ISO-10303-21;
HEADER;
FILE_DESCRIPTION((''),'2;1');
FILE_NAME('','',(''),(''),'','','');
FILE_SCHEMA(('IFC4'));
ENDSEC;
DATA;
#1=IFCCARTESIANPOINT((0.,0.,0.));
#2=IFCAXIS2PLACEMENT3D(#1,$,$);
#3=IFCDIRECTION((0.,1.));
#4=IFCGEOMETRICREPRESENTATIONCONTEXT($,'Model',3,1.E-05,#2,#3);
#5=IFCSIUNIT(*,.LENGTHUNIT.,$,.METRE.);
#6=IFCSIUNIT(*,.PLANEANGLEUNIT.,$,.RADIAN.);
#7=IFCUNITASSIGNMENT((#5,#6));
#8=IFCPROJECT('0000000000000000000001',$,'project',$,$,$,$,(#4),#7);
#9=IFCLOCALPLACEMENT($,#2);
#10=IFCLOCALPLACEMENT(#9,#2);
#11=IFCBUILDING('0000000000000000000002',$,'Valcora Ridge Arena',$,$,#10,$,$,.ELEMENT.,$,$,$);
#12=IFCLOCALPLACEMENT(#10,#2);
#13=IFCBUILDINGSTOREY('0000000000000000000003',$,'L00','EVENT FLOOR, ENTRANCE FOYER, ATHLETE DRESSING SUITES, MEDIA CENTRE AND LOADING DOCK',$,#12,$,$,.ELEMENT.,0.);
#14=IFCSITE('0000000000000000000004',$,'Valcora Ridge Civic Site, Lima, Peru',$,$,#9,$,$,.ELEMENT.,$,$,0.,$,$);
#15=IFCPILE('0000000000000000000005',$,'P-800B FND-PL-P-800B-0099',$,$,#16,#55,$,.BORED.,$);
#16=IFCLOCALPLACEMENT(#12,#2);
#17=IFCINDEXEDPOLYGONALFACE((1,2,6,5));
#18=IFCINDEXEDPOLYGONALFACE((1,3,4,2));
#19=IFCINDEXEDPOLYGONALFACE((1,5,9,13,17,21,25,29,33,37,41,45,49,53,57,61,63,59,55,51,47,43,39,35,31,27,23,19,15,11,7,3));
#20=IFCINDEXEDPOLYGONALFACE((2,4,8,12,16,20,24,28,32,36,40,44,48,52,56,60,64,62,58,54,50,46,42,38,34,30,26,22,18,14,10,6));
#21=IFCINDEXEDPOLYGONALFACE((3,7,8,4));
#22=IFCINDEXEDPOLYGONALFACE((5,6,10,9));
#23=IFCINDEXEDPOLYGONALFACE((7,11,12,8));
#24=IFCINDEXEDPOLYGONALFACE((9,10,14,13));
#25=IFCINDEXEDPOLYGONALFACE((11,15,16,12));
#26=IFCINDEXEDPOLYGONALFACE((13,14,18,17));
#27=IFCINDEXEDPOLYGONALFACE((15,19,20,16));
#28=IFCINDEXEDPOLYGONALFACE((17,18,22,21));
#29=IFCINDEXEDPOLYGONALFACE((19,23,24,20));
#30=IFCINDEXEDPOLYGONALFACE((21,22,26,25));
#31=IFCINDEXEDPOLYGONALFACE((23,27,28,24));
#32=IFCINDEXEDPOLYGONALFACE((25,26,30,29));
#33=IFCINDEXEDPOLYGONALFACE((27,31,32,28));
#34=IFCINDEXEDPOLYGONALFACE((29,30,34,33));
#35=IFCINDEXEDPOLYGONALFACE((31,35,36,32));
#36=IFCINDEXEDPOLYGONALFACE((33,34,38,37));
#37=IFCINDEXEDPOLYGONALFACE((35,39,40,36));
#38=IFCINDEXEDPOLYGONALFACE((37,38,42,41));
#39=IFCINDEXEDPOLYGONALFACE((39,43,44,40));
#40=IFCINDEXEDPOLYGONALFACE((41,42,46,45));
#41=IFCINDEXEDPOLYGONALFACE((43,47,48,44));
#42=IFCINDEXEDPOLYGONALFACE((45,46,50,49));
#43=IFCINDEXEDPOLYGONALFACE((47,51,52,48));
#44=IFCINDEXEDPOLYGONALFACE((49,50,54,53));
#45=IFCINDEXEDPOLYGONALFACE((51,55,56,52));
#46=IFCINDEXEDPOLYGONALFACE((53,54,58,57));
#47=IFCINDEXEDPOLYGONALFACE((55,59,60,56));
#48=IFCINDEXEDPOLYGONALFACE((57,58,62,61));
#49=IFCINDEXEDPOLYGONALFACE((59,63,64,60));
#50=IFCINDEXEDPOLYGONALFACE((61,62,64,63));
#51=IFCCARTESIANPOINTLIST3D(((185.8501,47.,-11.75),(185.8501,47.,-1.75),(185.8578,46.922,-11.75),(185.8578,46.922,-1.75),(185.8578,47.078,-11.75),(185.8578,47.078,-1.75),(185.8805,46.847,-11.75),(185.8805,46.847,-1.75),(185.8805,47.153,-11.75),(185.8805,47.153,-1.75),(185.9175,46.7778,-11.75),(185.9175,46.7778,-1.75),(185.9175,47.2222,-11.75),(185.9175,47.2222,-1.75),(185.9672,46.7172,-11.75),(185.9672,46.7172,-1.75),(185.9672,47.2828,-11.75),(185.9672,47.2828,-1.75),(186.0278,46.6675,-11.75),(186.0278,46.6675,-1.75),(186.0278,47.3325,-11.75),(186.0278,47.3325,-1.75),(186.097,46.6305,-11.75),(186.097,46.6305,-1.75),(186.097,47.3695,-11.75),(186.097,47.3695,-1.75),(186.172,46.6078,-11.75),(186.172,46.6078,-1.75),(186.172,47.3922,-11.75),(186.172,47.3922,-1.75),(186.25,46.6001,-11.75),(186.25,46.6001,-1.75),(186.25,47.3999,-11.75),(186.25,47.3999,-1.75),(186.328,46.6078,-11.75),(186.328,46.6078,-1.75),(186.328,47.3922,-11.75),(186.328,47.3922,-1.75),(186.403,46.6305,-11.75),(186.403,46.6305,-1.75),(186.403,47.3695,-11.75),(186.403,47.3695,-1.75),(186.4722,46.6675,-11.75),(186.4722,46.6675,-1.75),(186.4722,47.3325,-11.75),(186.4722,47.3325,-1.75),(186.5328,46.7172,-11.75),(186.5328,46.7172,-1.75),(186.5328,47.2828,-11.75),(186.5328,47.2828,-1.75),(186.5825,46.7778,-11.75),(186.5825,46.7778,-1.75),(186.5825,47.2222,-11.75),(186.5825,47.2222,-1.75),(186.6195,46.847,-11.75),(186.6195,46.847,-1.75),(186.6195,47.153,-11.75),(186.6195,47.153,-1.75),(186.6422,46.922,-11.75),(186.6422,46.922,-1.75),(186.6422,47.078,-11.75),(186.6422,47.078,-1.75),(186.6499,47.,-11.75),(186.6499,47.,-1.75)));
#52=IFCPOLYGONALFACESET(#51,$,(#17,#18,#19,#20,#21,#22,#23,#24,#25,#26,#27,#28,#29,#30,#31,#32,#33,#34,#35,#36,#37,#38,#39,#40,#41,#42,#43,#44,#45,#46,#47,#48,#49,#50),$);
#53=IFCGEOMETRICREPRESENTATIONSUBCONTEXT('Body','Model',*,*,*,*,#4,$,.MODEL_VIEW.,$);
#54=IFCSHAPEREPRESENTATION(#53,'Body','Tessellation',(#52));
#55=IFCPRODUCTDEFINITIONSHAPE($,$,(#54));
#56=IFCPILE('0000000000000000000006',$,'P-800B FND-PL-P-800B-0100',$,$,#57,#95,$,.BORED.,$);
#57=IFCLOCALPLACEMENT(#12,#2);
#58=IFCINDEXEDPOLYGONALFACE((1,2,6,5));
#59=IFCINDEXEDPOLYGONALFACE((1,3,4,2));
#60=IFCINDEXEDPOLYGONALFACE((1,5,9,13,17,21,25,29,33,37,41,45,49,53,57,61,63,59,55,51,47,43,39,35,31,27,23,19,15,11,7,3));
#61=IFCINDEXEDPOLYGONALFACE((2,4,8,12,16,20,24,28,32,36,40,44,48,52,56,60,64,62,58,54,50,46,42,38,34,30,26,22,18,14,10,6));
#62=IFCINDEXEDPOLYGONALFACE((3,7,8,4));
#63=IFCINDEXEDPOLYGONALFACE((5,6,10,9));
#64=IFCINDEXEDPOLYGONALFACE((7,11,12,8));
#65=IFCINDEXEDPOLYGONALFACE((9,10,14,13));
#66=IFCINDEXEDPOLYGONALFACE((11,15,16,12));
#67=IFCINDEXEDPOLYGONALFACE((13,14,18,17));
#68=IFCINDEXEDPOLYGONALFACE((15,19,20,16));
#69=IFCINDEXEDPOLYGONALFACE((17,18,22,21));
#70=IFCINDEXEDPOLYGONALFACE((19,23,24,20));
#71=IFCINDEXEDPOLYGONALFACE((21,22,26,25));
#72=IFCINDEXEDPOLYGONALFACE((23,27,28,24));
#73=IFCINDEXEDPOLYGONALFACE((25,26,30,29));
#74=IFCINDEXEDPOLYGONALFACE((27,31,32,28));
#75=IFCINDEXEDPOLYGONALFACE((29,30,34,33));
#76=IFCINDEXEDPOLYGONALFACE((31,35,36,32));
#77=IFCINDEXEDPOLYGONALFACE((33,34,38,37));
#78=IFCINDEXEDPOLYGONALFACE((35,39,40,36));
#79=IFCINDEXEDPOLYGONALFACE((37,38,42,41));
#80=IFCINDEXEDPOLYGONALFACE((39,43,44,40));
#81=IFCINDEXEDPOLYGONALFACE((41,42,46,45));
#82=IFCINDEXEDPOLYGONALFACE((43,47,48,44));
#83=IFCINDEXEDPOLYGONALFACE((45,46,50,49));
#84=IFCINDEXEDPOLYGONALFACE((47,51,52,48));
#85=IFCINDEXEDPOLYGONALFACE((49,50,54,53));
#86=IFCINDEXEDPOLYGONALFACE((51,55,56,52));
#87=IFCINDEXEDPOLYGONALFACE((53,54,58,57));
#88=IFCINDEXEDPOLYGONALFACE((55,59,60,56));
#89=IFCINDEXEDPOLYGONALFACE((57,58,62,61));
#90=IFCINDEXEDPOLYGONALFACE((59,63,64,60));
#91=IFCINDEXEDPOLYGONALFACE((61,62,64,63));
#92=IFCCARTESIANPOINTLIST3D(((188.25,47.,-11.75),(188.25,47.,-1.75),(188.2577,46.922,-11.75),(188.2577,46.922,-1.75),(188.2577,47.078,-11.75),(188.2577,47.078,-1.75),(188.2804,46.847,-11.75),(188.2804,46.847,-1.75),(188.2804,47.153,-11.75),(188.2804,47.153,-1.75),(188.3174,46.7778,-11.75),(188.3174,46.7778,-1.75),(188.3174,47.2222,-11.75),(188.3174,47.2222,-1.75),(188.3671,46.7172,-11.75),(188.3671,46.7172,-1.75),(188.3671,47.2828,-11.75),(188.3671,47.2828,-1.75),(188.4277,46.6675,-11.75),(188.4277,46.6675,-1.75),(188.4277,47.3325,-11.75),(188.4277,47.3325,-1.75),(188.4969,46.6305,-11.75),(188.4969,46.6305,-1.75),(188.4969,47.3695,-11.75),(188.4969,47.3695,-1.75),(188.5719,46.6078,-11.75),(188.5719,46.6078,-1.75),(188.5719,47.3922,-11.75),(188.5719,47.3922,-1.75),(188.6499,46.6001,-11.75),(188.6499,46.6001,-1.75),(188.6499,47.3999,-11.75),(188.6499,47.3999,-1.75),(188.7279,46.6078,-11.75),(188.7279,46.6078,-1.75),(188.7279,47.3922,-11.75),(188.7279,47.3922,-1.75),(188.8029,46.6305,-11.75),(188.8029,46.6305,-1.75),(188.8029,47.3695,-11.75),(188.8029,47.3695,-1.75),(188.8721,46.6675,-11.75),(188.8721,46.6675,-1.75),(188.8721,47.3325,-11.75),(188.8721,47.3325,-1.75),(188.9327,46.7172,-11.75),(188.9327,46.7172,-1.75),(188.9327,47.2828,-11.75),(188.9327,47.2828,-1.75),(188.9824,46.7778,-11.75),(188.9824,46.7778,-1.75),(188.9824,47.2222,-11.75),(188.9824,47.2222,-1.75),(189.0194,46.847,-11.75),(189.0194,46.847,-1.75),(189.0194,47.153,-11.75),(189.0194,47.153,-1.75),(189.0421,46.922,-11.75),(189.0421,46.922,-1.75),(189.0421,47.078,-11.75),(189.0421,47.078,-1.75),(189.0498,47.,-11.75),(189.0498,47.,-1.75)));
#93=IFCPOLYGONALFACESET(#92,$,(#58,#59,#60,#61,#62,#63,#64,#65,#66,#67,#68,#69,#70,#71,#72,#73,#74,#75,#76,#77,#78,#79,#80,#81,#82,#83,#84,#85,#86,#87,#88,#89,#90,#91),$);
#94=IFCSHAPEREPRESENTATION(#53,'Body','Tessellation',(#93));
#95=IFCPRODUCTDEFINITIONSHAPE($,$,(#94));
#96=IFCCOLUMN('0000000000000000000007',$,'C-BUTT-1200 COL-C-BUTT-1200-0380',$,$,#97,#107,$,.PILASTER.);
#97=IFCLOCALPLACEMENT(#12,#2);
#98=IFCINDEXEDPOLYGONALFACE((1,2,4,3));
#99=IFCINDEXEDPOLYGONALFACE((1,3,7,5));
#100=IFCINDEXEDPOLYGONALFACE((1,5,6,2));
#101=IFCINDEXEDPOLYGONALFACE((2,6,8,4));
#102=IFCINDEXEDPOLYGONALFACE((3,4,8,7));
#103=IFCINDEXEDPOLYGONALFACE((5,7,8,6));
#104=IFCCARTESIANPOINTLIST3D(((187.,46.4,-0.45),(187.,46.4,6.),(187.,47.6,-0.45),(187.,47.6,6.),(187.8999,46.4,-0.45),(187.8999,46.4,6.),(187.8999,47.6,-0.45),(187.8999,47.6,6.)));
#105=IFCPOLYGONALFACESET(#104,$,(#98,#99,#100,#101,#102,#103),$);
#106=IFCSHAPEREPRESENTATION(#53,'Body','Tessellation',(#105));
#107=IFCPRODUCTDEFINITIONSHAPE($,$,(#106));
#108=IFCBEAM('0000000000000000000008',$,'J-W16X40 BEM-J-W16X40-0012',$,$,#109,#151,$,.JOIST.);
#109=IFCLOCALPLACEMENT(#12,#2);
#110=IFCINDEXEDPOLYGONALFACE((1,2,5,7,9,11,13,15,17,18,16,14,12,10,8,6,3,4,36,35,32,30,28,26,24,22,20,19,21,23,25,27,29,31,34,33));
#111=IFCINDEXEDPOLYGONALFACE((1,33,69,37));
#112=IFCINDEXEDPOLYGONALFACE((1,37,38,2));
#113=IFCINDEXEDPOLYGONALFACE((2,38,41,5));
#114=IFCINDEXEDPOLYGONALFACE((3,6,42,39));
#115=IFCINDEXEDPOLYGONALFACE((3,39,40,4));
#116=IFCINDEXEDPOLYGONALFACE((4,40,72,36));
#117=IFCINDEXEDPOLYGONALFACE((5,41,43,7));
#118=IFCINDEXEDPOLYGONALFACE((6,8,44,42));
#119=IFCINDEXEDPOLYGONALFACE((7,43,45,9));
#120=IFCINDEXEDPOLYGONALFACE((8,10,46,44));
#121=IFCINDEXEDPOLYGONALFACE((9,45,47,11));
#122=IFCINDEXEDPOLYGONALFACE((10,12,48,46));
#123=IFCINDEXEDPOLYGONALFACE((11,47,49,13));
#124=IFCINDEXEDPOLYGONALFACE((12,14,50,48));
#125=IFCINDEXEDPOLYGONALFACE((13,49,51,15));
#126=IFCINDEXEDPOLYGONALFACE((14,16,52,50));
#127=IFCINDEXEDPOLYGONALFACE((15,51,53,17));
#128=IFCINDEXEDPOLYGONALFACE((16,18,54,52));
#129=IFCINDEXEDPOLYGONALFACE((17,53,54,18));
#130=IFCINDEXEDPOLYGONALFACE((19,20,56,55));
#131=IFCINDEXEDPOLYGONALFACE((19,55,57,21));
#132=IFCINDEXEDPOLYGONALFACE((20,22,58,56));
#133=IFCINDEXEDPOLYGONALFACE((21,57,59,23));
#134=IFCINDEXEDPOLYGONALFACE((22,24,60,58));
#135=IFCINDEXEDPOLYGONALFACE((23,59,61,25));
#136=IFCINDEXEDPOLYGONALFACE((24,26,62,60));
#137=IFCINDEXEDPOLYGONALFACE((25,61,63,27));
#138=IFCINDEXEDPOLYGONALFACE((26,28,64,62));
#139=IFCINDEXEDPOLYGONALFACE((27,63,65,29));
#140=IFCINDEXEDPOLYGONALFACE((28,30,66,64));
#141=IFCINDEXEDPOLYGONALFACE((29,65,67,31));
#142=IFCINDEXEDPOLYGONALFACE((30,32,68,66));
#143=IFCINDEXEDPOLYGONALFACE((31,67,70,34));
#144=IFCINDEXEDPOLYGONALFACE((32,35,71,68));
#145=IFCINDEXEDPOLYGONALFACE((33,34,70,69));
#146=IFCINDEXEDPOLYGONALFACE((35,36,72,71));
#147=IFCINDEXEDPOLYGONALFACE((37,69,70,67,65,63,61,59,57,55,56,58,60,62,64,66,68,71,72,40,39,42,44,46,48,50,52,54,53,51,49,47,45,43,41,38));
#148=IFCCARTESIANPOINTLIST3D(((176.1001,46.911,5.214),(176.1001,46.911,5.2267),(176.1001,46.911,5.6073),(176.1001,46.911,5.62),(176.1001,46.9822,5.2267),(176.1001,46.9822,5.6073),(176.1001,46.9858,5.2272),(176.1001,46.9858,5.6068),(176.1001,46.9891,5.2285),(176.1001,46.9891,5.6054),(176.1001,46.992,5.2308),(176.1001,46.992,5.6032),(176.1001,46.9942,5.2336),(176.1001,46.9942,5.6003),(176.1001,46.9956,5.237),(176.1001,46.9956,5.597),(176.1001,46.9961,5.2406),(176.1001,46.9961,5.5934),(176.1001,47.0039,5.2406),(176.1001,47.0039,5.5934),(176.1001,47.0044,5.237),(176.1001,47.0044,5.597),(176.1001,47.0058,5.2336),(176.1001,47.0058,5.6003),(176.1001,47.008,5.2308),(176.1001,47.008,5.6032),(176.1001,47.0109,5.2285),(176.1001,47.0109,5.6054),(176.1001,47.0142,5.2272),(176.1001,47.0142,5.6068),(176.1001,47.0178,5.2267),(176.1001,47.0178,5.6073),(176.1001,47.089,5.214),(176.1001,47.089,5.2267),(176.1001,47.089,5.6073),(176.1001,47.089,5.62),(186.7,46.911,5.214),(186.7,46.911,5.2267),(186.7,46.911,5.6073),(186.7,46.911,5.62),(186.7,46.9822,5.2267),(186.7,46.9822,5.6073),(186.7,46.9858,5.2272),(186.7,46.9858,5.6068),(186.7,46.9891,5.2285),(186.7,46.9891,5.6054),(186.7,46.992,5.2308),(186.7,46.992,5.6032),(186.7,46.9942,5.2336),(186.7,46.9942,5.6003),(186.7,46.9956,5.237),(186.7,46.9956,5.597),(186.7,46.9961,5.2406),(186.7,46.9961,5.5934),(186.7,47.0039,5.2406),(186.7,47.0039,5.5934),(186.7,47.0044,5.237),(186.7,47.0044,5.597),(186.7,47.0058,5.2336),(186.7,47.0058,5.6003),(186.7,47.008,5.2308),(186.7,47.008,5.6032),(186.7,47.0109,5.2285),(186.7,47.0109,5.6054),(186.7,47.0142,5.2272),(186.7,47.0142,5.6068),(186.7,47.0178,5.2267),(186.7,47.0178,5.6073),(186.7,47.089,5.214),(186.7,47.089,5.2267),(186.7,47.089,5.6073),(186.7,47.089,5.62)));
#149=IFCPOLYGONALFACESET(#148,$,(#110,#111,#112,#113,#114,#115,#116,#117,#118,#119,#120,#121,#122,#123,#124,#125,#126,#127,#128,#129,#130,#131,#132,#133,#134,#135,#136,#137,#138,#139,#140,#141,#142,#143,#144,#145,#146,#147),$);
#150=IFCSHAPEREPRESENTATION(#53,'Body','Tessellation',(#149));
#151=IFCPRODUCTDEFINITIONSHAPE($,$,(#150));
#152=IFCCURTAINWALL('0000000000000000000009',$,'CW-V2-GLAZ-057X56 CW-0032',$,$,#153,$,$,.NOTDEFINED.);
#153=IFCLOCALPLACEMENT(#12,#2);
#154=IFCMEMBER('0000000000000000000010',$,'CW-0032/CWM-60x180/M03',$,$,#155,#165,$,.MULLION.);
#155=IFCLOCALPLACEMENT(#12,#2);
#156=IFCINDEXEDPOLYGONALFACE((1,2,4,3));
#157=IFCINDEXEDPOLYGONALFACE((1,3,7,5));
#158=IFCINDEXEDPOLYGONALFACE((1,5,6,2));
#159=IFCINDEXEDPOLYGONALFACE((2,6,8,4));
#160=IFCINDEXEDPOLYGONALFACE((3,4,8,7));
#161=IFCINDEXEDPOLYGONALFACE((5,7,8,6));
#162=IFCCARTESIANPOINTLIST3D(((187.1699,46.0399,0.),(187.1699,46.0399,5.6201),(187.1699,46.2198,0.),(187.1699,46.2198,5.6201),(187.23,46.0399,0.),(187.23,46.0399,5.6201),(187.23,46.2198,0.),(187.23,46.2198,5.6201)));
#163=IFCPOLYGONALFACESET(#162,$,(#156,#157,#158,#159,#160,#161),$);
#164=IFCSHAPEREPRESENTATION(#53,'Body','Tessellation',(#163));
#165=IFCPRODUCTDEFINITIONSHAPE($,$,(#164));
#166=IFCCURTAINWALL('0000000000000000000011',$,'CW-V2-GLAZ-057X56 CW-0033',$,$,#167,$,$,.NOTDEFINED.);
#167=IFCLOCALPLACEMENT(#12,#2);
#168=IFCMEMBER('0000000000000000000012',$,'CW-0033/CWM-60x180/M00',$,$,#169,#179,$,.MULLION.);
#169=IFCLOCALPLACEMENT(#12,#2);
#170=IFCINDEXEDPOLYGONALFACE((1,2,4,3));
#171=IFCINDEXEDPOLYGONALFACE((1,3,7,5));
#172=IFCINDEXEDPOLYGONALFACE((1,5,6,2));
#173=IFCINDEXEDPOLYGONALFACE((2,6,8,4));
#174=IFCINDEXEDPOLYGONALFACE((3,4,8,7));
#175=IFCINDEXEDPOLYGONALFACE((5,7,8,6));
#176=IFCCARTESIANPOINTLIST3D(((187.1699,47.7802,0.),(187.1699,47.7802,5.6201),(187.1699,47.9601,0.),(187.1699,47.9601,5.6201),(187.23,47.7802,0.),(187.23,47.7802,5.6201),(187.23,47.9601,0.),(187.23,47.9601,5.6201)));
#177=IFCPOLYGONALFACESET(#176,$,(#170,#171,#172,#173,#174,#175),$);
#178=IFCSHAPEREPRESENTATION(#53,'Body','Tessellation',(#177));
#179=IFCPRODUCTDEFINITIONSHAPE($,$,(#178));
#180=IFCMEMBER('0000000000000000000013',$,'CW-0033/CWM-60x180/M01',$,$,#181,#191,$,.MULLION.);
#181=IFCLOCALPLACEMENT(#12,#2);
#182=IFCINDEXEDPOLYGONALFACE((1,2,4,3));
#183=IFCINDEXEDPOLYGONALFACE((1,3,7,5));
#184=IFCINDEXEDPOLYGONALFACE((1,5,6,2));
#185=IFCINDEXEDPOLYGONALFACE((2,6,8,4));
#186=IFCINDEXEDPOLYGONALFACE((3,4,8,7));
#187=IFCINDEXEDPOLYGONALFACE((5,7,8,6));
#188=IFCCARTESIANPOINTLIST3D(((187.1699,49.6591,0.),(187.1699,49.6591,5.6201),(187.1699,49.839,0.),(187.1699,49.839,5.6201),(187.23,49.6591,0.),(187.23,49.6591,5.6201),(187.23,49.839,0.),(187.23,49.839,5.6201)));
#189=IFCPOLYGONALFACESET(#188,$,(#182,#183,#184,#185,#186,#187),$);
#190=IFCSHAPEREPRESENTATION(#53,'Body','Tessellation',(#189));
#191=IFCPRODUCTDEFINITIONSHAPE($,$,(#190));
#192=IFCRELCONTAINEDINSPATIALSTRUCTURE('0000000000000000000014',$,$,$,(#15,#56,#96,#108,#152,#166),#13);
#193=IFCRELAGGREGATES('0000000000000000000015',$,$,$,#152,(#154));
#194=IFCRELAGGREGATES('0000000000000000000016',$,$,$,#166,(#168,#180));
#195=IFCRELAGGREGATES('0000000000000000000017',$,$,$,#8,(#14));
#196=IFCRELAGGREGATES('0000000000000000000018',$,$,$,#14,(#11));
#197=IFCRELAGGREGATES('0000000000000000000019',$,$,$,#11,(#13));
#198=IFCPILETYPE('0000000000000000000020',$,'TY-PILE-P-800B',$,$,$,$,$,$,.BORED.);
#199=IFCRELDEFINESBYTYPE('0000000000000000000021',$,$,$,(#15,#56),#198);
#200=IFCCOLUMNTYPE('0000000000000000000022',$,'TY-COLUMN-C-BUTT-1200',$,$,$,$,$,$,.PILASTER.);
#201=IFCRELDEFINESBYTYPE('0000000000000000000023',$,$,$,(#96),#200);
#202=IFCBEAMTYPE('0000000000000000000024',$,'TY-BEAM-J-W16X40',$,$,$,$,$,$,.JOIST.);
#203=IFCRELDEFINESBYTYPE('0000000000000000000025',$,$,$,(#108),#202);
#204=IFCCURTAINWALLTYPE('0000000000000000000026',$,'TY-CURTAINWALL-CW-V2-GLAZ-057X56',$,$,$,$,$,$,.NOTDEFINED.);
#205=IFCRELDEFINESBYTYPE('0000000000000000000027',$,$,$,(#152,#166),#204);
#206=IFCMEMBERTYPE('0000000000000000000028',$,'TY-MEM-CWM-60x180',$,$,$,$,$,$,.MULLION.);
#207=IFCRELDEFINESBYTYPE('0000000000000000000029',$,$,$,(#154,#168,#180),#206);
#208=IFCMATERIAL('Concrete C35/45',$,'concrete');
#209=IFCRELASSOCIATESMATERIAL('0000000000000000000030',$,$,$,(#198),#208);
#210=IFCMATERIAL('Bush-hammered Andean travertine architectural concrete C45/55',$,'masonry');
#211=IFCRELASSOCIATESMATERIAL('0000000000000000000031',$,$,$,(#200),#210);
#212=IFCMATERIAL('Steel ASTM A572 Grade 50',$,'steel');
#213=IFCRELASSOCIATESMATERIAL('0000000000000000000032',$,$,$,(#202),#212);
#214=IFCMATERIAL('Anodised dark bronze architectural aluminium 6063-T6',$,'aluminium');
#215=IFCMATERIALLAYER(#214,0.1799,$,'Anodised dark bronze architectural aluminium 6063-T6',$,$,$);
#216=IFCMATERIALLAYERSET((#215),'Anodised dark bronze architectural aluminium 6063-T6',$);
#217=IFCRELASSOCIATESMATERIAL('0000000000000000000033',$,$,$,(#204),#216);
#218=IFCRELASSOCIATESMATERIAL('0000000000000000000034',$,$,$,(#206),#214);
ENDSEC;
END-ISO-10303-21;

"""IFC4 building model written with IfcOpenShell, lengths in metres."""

from ifc_helpers import new_model, si_unit, direction, frame, origin, origin_2d, place, context, subcontext, project, spatial, rectangle, circle, i_section, extrude, material, layer, layer_set, material_profile, profile_set, type_object, element, aggregate, save


model = new_model("IFC4")

# Units and contexts
model_context = context("Model", 3, precision=1e-05, world=origin(), true_north=direction((0.0, 1.0)))
body_context = subcontext(model_context, "Body", "Model", "MODEL_VIEW")
ifc_project = project(units=[si_unit("LENGTHUNIT", "METRE"), si_unit("PLANEANGLEUNIT", "RADIAN")], contexts=[model_context])

# Site, building, storey
site_placement = place(None, origin())
site = spatial("IfcSite", under=ifc_project, at=site_placement, Name="Valcora Ridge Civic Site, Lima, Peru", CompositionType="ELEMENT", RefElevation=0.0)
building_placement = place(site_placement, origin())
building = spatial("IfcBuilding", under=site, at=building_placement, Name="Valcora Ridge Arena", CompositionType="ELEMENT")
storey_placement = place(building_placement, origin())
storey = spatial("IfcBuildingStorey", under=building, at=storey_placement, Name="L00", Description="EVENT FLOOR, ENTRANCE FOYER, ATHLETE DRESSING SUITES, MEDIA CENTRE AND LOADING DOCK", CompositionType="ELEMENT", Elevation=0.0)

# Piles
ifc_material_1 = material(Name="Concrete C35/45", Category="concrete")
ifc_material_profile_1 = material_profile(ifc_material_1, circle(Radius=0.3999, at=origin_2d()), Name="BORED PILE D800")
ifc_profile_set_1 = profile_set([ifc_material_profile_1], Name="Concrete C35/45")
pile_type_1 = type_object("IfcPileType", Name="TY-PILE-P-800B", PredefinedType="BORED", material=ifc_profile_set_1)
for number, where, z_axis, x_axis, name in (
    (1, (186.25, 47.0, -1.75), (0.0, 0.0, -1.0), (1.0, 0.0, 0.0), "P-800B FND-PL-P-800B-0099"),
    (2, (188.6499, 47.0, -1.75), (0.0, 0.0, -1.0), (1.0, 0.0, 0.0), "P-800B FND-PL-P-800B-0100"),
):
    element("IfcPile", number, at=place(storey_placement, frame(where, z_axis=z_axis, x_axis=x_axis)), inside=storey, type_object=pile_type_1, Name=name, PredefinedType="BORED", context=body_context, shape_type="SweptSolid", body=[
        extrude(circle(Radius=0.3999, at=origin_2d()), origin(), (0.0, 0.0, 1.0), 10.0),
    ])

# Column
ifc_material_2 = material(Name="Bush-hammered Andean travertine architectural concrete C45/55", Category="masonry")
ifc_material_profile_2 = material_profile(ifc_material_2, rectangle(XDim=0.8999, YDim=1.2, at=origin_2d()), Name="RC 900x1200")
ifc_profile_set_2 = profile_set([ifc_material_profile_2], Name="Bush-hammered Andean travertine architectural concrete C45/55")
column_type = type_object("IfcColumnType", Name="TY-COLUMN-C-BUTT-1200", PredefinedType="PILASTER", material=ifc_profile_set_2)
column_placement = place(storey_placement, frame((187.45, 47.0, -0.45), z_axis=(0.0, 0.0, 1.0), x_axis=(1.0, 0.0, 0.0)))
element("IfcColumn", 3, at=column_placement, inside=storey, type_object=column_type, Name="C-BUTT-1200 COL-C-BUTT-1200-0380", PredefinedType="PILASTER", context=body_context, shape_type="SweptSolid", body=[
    extrude(rectangle(XDim=0.8999, YDim=1.2, at=origin_2d()), origin(), (0.0, 0.0, 1.0), 6.45),
])

# Beam
ifc_material_3 = material(Name="Steel ASTM A572 Grade 50", Category="steel")
ifc_material_profile_3 = material_profile(ifc_material_3, i_section(OverallWidth=0.178, OverallDepth=0.406, WebThickness=0.0078, FlangeThickness=0.0127, FilletRadius=0.0139, at=origin_2d()), Name="W16X40")
ifc_profile_set_3 = profile_set([ifc_material_profile_3], Name="Steel ASTM A572 Grade 50")
beam_type = type_object("IfcBeamType", Name="TY-BEAM-J-W16X40", PredefinedType="JOIST", material=ifc_profile_set_3)
beam_placement = place(storey_placement, frame((176.1001, 47.0, 5.417), z_axis=(1.0, 0.0, 0.0), x_axis=(0.0, 1.0, 0.0)))
element("IfcBeam", 4, at=beam_placement, inside=storey, type_object=beam_type, Name="J-W16X40 BEM-J-W16X40-0012", PredefinedType="JOIST", context=body_context, shape_type="SweptSolid", body=[
    extrude(i_section(OverallWidth=0.178, OverallDepth=0.406, WebThickness=0.0078, FlangeThickness=0.0127, FilletRadius=0.0139, at=origin_2d()), origin(), (0.0, 0.0, 1.0), 10.5999),
])

# Curtain wall, member
ifc_material_4 = material(Name="Anodised dark bronze architectural aluminium 6063-T6", Category="aluminium")
ifc_layer_1 = layer(ifc_material_4, 0.1799, Name="Anodised dark bronze architectural aluminium 6063-T6")
ifc_layer_set_1 = layer_set([ifc_layer_1], Name="Anodised dark bronze architectural aluminium 6063-T6")
curtain_wall_type = type_object("IfcCurtainWallType", Name="TY-CURTAINWALL-CW-V2-GLAZ-057X56", PredefinedType="NOTDEFINED", material=ifc_layer_set_1)
curtain_wall_1_placement = place(storey_placement, origin())
curtain_wall_1 = element("IfcCurtainWall", 5, at=curtain_wall_1_placement, inside=storey, type_object=curtain_wall_type, Name="CW-V2-GLAZ-057X56 CW-0032", PredefinedType="NOTDEFINED")
ifc_material_profile_4 = material_profile(ifc_material_4, rectangle(XDim=0.0601, YDim=0.1799, at=origin_2d()), Name="ALU MULLION 60x180")
ifc_profile_set_4 = profile_set([ifc_material_profile_4], Name="Anodised dark bronze architectural aluminium 6063-T6")
member_type_1 = type_object("IfcMemberType", Name="TY-MEM-CWM-60x180", PredefinedType="MULLION", material=ifc_profile_set_4)
member_1_placement = place(storey_placement, frame((187.2, 46.1299, 0.0), z_axis=(0.0, 0.0, 1.0), x_axis=(-1.0, 0.0, 0.0)))
member_1 = element("IfcMember", 6, at=member_1_placement, type_object=member_type_1, Name="CW-0032/CWM-60x180/M03", PredefinedType="MULLION", context=body_context, shape_type="SweptSolid", body=[
    extrude(rectangle(XDim=0.0601, YDim=0.1799, at=origin_2d()), origin(), (0.0, 0.0, 1.0), 5.6201),
])

# Curtain wall, members
curtain_wall_2_placement = place(storey_placement, origin())
curtain_wall_2 = element("IfcCurtainWall", 7, at=curtain_wall_2_placement, inside=storey, type_object=curtain_wall_type, Name="CW-V2-GLAZ-057X56 CW-0033", PredefinedType="NOTDEFINED")
member_2_placement = place(storey_placement, frame((187.2, 47.8701, 0.0), z_axis=(0.0, 0.0, 1.0), x_axis=(-1.0, 0.0, 0.0)))
member_2 = element("IfcMember", 8, at=member_2_placement, type_object=member_type_1, Name="CW-0033/CWM-60x180/M00", PredefinedType="MULLION", context=body_context, shape_type="SweptSolid", body=[
    extrude(rectangle(XDim=0.0601, YDim=0.1799, at=origin_2d()), origin(), (0.0, 0.0, 1.0), 5.6201),
])
member_3_placement = place(storey_placement, frame((187.2, 49.749, 0.0), z_axis=(0.0, 0.0, 1.0), x_axis=(-1.0, 0.0, 0.0)))
member_3 = element("IfcMember", 9, at=member_3_placement, type_object=member_type_1, Name="CW-0033/CWM-60x180/M01", PredefinedType="MULLION", context=body_context, shape_type="SweptSolid", body=[
    extrude(rectangle(XDim=0.0601, YDim=0.1799, at=origin_2d()), origin(), (0.0, 0.0, 1.0), 5.6201),
])

aggregate(curtain_wall_1, [member_1])
aggregate(curtain_wall_2, [member_2, member_3])

save(model, "model.ifc")
